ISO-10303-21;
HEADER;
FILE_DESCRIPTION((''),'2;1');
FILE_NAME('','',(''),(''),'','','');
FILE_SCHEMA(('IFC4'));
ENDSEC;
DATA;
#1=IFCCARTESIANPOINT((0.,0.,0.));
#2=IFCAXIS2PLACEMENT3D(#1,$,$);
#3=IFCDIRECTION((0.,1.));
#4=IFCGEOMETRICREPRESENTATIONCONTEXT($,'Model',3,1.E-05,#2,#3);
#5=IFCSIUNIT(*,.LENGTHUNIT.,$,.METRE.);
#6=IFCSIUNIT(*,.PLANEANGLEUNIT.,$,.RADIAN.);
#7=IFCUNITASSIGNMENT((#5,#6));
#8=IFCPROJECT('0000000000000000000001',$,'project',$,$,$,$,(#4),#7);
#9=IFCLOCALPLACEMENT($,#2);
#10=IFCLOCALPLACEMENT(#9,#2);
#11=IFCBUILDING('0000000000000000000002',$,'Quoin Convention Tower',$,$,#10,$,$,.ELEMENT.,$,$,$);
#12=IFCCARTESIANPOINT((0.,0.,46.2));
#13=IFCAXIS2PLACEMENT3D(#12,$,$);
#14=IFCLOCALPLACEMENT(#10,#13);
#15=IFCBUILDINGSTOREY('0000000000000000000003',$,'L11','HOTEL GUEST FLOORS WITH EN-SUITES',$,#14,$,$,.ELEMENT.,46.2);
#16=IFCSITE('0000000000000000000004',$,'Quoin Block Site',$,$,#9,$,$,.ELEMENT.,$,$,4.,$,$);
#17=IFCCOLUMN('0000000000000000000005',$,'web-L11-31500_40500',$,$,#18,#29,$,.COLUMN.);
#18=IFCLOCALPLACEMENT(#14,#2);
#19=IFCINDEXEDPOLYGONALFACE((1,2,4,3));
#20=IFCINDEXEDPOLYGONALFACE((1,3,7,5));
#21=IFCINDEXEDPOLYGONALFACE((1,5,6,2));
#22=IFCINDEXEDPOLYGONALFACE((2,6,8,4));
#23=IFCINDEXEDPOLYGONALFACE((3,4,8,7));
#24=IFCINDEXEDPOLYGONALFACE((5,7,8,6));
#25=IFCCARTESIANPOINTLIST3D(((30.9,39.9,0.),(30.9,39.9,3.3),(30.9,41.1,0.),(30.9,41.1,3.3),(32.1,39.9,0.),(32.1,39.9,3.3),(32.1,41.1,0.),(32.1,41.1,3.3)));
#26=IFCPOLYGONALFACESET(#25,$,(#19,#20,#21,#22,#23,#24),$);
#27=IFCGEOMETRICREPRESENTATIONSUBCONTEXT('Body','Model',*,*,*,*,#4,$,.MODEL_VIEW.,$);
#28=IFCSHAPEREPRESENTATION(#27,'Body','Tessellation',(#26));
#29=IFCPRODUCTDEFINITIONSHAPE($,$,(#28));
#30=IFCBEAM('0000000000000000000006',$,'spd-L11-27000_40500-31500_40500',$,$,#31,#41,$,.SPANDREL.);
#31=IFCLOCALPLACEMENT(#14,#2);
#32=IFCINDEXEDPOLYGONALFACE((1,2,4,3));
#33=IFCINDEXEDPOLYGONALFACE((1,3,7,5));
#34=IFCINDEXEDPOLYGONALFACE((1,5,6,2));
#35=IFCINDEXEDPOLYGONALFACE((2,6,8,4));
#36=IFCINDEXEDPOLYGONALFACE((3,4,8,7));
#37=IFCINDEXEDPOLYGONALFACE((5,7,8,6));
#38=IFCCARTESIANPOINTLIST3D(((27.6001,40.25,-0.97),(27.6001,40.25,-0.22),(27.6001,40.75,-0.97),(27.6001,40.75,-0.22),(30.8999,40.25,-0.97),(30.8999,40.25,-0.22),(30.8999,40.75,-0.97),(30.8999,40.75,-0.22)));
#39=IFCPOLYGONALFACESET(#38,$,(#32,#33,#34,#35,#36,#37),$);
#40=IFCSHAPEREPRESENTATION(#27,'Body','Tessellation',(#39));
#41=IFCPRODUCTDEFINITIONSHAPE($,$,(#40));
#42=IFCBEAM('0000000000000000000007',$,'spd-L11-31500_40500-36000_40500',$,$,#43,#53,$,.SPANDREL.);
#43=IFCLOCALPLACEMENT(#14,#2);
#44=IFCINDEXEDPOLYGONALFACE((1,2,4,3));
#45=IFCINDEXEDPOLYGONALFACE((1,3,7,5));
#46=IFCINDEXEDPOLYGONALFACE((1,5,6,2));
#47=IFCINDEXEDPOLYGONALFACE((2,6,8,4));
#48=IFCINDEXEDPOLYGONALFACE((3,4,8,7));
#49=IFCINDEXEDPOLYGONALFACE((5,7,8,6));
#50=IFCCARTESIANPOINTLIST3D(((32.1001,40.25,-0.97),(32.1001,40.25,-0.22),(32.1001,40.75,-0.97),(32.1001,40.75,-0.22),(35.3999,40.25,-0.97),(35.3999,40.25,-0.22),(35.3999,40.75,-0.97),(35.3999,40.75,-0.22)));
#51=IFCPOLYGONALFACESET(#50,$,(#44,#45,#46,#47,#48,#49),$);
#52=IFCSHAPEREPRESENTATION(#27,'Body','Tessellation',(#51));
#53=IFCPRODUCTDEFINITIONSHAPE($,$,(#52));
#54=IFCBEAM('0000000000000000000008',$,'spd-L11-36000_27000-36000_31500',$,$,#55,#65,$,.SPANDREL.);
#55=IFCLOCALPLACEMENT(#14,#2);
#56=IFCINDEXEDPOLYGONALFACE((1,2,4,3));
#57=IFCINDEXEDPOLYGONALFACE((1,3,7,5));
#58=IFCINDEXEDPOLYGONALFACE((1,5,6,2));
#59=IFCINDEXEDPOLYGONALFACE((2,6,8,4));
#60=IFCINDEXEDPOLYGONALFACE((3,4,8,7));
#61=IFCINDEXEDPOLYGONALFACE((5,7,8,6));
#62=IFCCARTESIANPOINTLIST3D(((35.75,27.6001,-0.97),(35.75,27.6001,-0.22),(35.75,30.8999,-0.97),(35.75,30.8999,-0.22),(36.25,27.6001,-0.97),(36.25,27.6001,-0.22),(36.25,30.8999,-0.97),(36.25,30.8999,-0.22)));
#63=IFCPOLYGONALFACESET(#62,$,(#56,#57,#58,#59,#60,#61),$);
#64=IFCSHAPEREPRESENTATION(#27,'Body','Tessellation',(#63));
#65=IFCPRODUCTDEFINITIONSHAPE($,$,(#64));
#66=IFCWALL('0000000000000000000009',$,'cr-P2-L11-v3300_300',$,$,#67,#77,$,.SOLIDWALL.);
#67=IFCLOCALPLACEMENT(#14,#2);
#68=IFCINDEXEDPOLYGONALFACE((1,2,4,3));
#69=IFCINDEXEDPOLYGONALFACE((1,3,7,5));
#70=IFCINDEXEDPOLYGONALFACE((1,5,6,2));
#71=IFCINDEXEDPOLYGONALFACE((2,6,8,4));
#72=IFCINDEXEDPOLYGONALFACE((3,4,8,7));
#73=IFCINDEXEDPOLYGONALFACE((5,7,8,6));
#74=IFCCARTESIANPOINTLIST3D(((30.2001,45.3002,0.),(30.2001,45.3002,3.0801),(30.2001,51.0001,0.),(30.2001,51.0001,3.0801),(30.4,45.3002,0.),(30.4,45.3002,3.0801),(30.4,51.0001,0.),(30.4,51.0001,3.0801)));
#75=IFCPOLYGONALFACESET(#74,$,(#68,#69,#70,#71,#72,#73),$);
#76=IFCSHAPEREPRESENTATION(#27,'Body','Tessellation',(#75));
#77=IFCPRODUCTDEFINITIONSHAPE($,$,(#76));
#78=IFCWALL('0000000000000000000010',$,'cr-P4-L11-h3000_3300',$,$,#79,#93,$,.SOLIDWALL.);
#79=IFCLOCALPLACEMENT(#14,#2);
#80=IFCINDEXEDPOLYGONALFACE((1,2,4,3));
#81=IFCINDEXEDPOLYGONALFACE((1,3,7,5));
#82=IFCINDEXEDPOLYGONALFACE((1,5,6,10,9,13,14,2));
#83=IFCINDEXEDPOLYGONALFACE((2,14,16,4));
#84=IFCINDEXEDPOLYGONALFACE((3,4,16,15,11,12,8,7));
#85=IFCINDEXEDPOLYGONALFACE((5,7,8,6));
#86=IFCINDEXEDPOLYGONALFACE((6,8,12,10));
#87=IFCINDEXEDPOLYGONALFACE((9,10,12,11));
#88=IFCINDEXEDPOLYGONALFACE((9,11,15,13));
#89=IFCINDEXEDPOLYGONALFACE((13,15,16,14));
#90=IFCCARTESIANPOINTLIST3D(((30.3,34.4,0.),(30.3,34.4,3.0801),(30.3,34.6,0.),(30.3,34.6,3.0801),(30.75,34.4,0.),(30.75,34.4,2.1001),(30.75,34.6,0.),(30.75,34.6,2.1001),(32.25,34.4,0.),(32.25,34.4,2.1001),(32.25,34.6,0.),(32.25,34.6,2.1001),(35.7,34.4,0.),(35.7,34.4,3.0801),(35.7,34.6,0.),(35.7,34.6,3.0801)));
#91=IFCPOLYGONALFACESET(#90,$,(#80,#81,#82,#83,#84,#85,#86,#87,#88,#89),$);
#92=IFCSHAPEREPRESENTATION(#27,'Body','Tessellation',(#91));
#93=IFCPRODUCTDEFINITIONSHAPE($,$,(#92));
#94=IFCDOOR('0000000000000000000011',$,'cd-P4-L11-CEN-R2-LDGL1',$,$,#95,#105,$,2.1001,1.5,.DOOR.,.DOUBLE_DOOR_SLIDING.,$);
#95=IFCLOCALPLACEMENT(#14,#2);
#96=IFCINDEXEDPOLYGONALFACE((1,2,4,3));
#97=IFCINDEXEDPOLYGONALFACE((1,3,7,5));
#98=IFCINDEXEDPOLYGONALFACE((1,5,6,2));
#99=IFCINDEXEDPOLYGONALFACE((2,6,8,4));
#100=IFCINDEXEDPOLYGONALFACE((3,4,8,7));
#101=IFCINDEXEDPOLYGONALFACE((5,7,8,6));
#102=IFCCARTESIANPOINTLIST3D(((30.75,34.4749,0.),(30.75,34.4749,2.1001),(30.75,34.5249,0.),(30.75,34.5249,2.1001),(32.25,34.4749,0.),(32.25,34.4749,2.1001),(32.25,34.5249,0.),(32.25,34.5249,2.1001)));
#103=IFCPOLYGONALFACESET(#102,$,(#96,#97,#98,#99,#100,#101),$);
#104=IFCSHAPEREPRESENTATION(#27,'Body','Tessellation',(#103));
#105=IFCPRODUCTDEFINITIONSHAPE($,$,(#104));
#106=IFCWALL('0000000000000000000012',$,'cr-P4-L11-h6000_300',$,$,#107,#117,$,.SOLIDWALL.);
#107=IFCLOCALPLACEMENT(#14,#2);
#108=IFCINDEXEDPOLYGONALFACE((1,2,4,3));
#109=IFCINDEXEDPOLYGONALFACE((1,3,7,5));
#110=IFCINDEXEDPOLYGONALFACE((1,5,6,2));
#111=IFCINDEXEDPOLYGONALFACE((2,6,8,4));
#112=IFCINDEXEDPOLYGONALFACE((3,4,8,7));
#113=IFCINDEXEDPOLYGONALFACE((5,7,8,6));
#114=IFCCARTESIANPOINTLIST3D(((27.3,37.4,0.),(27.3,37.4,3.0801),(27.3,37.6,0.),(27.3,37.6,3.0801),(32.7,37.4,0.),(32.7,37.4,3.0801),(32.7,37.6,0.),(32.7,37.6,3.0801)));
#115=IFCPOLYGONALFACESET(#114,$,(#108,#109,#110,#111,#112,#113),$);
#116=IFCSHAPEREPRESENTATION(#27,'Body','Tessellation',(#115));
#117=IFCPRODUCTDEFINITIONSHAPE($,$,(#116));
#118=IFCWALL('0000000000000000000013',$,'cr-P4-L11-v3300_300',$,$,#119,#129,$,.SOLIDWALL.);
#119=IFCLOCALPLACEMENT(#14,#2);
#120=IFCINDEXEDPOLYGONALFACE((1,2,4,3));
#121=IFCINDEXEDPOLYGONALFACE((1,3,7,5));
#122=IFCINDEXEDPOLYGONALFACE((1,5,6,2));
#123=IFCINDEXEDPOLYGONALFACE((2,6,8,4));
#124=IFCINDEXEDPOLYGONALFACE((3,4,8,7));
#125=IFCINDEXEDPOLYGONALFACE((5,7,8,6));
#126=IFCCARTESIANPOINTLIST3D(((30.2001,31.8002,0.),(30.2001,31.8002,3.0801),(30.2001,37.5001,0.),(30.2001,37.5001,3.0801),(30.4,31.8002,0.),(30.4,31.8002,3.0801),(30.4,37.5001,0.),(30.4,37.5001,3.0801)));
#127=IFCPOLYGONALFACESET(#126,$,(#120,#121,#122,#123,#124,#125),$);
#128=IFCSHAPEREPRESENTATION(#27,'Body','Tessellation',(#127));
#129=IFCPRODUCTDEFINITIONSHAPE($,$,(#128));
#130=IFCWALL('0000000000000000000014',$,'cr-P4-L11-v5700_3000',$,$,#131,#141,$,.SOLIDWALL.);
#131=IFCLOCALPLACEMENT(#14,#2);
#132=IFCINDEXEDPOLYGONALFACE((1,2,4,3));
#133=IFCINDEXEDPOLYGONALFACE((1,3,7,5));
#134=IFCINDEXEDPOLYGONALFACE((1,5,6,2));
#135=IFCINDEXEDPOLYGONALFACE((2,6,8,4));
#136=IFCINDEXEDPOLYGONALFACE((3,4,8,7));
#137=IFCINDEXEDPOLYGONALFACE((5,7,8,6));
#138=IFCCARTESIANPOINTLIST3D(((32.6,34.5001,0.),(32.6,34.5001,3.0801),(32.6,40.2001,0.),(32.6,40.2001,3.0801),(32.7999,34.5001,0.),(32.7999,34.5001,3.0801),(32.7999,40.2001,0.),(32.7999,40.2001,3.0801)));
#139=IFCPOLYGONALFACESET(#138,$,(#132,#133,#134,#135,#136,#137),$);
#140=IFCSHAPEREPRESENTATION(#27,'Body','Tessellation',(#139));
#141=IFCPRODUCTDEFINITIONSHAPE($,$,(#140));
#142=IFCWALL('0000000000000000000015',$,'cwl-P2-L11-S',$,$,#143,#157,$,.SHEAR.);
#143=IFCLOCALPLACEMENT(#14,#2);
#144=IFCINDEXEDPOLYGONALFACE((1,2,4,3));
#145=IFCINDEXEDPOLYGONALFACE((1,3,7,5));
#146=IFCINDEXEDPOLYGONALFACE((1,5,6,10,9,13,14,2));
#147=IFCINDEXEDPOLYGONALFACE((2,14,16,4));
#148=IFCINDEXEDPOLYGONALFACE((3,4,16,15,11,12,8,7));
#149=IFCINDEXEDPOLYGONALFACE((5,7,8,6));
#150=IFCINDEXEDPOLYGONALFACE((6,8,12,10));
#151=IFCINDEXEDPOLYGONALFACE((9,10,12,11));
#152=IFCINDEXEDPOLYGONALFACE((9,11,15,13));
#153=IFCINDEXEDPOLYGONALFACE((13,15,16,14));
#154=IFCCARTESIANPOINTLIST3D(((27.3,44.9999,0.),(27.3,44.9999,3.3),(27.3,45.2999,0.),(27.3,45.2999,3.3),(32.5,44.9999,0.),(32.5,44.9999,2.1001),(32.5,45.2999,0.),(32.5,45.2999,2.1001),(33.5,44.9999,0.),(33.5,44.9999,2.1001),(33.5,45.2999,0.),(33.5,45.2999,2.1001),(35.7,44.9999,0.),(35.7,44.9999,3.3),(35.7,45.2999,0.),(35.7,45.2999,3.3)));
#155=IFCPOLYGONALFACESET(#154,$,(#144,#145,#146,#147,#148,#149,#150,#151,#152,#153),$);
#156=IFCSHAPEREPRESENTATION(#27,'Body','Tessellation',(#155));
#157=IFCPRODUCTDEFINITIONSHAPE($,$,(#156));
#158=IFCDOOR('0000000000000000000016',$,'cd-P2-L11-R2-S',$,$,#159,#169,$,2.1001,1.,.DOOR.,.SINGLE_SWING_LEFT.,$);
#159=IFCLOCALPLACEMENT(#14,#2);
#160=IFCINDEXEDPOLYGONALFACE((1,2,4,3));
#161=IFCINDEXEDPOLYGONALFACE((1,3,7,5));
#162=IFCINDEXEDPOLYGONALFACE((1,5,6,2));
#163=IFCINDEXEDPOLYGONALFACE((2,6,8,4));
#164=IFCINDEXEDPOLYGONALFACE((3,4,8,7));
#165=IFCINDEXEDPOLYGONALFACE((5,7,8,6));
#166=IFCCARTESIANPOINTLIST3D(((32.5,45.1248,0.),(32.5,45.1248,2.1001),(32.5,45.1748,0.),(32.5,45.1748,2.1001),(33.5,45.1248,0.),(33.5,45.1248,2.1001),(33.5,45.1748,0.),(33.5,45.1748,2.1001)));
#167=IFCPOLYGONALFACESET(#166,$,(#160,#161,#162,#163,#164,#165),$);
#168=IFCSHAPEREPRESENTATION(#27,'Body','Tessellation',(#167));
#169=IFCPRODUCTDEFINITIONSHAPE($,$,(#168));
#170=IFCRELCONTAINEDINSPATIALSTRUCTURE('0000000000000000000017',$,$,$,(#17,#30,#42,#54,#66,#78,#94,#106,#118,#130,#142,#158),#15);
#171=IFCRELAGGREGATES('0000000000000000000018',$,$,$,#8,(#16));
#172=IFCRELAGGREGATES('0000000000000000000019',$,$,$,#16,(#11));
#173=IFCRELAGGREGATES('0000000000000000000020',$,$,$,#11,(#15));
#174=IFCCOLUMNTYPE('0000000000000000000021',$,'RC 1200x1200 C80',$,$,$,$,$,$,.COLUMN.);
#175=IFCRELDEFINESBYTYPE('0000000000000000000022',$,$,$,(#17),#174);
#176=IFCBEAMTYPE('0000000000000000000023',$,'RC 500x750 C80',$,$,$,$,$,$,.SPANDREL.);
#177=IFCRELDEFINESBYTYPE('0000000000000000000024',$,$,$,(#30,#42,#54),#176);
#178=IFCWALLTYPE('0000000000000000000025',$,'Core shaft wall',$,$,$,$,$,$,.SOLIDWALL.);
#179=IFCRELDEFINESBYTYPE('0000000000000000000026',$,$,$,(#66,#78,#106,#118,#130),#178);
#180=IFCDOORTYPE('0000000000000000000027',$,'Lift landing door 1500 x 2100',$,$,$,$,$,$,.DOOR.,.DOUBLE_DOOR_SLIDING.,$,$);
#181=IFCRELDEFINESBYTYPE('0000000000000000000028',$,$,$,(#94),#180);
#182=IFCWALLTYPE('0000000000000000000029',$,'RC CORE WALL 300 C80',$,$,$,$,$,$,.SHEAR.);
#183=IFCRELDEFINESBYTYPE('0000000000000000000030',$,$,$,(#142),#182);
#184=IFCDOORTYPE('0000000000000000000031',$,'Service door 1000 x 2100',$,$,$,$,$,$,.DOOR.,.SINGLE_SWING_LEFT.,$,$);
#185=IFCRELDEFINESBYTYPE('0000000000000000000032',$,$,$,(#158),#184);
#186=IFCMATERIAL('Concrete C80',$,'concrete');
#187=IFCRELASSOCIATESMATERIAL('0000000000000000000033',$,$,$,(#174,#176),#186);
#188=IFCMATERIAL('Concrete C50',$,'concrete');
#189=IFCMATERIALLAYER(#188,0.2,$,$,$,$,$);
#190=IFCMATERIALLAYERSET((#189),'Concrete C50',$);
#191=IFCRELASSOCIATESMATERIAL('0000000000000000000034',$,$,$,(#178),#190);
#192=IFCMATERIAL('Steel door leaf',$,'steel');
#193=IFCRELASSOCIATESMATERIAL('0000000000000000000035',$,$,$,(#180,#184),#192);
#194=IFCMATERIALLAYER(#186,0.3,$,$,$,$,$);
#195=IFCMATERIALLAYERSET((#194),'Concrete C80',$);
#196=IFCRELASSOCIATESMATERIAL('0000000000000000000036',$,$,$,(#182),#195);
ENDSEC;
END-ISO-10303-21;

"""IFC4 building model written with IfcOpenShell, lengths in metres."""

from ifc_helpers import new_model, si_unit, direction, frame, frame_2d, origin, origin_2d, place, context, subcontext, project, spatial, rectangle, extrude, material, layer, layer_set, material_profile, profile_set, type_object, element, fill, save


model = new_model("IFC4")

# Units and contexts
model_context = context("Model", 3, precision=1e-05, world=origin(), true_north=direction((0.0, 1.0)))
body_context = subcontext(model_context, "Body", "Model", "MODEL_VIEW")
ifc_project = project(units=[si_unit("LENGTHUNIT", "METRE"), si_unit("PLANEANGLEUNIT", "RADIAN")], contexts=[model_context])

# Site, building, storey
site_placement = place(None, origin())
site = spatial("IfcSite", under=ifc_project, at=site_placement, Name="Quoin Block Site", CompositionType="ELEMENT", RefElevation=4.0)
building_placement = place(site_placement, origin())
building = spatial("IfcBuilding", under=site, at=building_placement, Name="Quoin Convention Tower", CompositionType="ELEMENT")
storey_placement = place(building_placement, frame((0.0, 0.0, 46.2)))
storey = spatial("IfcBuildingStorey", under=building, at=storey_placement, Name="L11", Description="HOTEL GUEST FLOORS WITH EN-SUITES", CompositionType="ELEMENT", Elevation=46.2)

# Column
ifc_material_1 = material(Name="Concrete C80", Category="concrete")
ifc_material_profile_1 = material_profile(ifc_material_1, rectangle(XDim=1.2, YDim=1.2, at=origin_2d()), Name="RC 1200x1200")
ifc_profile_set_1 = profile_set([ifc_material_profile_1], Name="Concrete C80")
column_type = type_object("IfcColumnType", Name="RC 1200x1200 C80", PredefinedType="COLUMN", material=ifc_profile_set_1)
column_placement = place(storey_placement, frame((31.5, 40.5, 0.0), z_axis=(0.0, 0.0, 1.0), x_axis=(1.0, 0.0, 0.0)))
element("IfcColumn", 1, at=column_placement, inside=storey, type_object=column_type, Name="web-L11-31500_40500", PredefinedType="COLUMN", context=body_context, shape_type="SweptSolid", body=[
    extrude(rectangle(XDim=1.2, YDim=1.2, at=origin_2d()), origin(), (0.0, 0.0, 1.0), 3.3),
])

# Beams
ifc_material_profile_2 = material_profile(ifc_material_1, rectangle(XDim=0.5, YDim=0.75, at=origin_2d()), Name="RC 500x750")
ifc_profile_set_2 = profile_set([ifc_material_profile_2], Name="Concrete C80")
beam_type = type_object("IfcBeamType", Name="RC 500x750 C80", PredefinedType="SPANDREL", material=ifc_profile_set_2)
for number, where, z_axis, x_axis, name in (
    (2, (27.6001, 40.5, -0.595), (1.0, 0.0, 0.0), (0.0, 1.0, 0.0), "spd-L11-27000_40500-31500_40500"),
    (3, (32.1001, 40.5, -0.595), (1.0, 0.0, 0.0), (0.0, 1.0, 0.0), "spd-L11-31500_40500-36000_40500"),
    (4, (36.0, 27.6001, -0.595), (0.0, 1.0, 0.0), (-1.0, 0.0, 0.0), "spd-L11-36000_27000-36000_31500"),
):
    element("IfcBeam", number, at=place(storey_placement, frame(where, z_axis=z_axis, x_axis=x_axis)), inside=storey, type_object=beam_type, Name=name, PredefinedType="SPANDREL", context=body_context, shape_type="SweptSolid", body=[
        extrude(rectangle(XDim=0.5, YDim=0.75, at=origin_2d()), origin(), (0.0, 0.0, 1.0), 3.2998),
    ])

# Wall
ifc_material_2 = material(Name="Concrete C50", Category="concrete")
ifc_layer_1 = layer(ifc_material_2, 0.2)
ifc_layer_set_1 = layer_set([ifc_layer_1], Name="Concrete C50")
wall_type_1 = type_object("IfcWallType", Name="Core shaft wall", PredefinedType="SOLIDWALL", material=ifc_layer_set_1)
wall_1_placement = place(storey_placement, frame((30.3, 45.3, 0.0), z_axis=(0.0, 0.0, 1.0), x_axis=(0.0, 1.0, 0.0)))
element("IfcWall", 5, at=wall_1_placement, inside=storey, type_object=wall_type_1, Name="cr-P2-L11-v3300_300", PredefinedType="SOLIDWALL", context=body_context, shape_type="SweptSolid", body=[
    extrude(rectangle(XDim=5.7, YDim=0.2, at=frame_2d((2.8501, 0.0))), origin(), (0.0, 0.0, 1.0), 3.0801),
])

# Wall, opening, door
wall_2_placement = place(storey_placement, frame((30.3, 34.5, 0.0), z_axis=(0.0, 0.0, 1.0), x_axis=(1.0, 0.0, 0.0)))
wall_2 = element("IfcWall", 6, at=wall_2_placement, inside=storey, type_object=wall_type_1, Name="cr-P4-L11-h3000_3300", PredefinedType="SOLIDWALL", context=body_context, shape_type="SweptSolid", body=[
    extrude(rectangle(XDim=5.3999, YDim=0.2, at=frame_2d((2.7, 0.0))), origin(), (0.0, 0.0, 1.0), 3.0801),
])
opening_1_placement = place(wall_2_placement, frame((0.45, 0.0, 0.0)))
opening_1 = element("IfcOpeningElement", 7, at=opening_1_placement, cuts=wall_2, PredefinedType="OPENING", context=body_context, shape_type="SweptSolid", body=[
    extrude(rectangle(XDim=1.5, YDim=2.1001, at=frame_2d((0.75, 1.05))), frame((0.0, 0.1099, 0.0), z_axis=(0.0, -1.0, 0.0), x_axis=(1.0, 0.0, 0.0)), (0.0, 0.0, 1.0), 0.22),
])
ifc_material_3 = material(Name="Steel door leaf", Category="steel")
door_type_1 = type_object("IfcDoorType", Name="Lift landing door 1500 x 2100", OperationType="DOUBLE_DOOR_SLIDING", PredefinedType="DOOR", material=ifc_material_3)
door_1_placement = place(opening_1_placement, origin())
door_1 = element("IfcDoor", 8, at=door_1_placement, inside=storey, type_object=door_type_1, Name="cd-P4-L11-CEN-R2-LDGL1", OperationType="DOUBLE_DOOR_SLIDING", OverallHeight=2.1001, OverallWidth=1.5, PredefinedType="DOOR", context=body_context, shape_type="SweptSolid", body=[
    extrude(rectangle(XDim=1.5, YDim=2.1001, at=frame_2d((0.75, 1.05))), frame((0.0, 0.0249, 0.0), z_axis=(0.0, -1.0, 0.0), x_axis=(1.0, 0.0, 0.0)), (0.0, 0.0, 1.0), 0.05),
])
fill(opening_1, door_1)

# Walls
wall_3_placement = place(storey_placement, frame((27.3, 37.5, 0.0), z_axis=(0.0, 0.0, 1.0), x_axis=(1.0, 0.0, 0.0)))
element("IfcWall", 9, at=wall_3_placement, inside=storey, type_object=wall_type_1, Name="cr-P4-L11-h6000_300", PredefinedType="SOLIDWALL", context=body_context, shape_type="SweptSolid", body=[
    extrude(rectangle(XDim=5.3999, YDim=0.2, at=frame_2d((2.7, 0.0))), origin(), (0.0, 0.0, 1.0), 3.0801),
])
for number, where, z_axis, x_axis, name in (
    (10, (30.3, 31.8, 0.0), (0.0, 0.0, 1.0), (0.0, 1.0, 0.0), "cr-P4-L11-v3300_300"),
    (11, (32.7, 34.5, 0.0), (0.0, 0.0, 1.0), (0.0, 1.0, 0.0), "cr-P4-L11-v5700_3000"),
):
    element("IfcWall", number, at=place(storey_placement, frame(where, z_axis=z_axis, x_axis=x_axis)), inside=storey, type_object=wall_type_1, Name=name, PredefinedType="SOLIDWALL", context=body_context, shape_type="SweptSolid", body=[
        extrude(rectangle(XDim=5.7, YDim=0.2, at=frame_2d((2.8501, 0.0))), origin(), (0.0, 0.0, 1.0), 3.0801),
    ])

# Wall, opening, door
ifc_layer_2 = layer(ifc_material_1, 0.3)
ifc_layer_set_2 = layer_set([ifc_layer_2], Name="Concrete C80")
wall_type_2 = type_object("IfcWallType", Name="RC CORE WALL 300 C80", PredefinedType="SHEAR", material=ifc_layer_set_2)
wall_4_placement = place(storey_placement, frame((27.3, 45.1499, 0.0), z_axis=(0.0, 0.0, 1.0), x_axis=(1.0, 0.0, 0.0)))
wall_4 = element("IfcWall", 12, at=wall_4_placement, inside=storey, type_object=wall_type_2, Name="cwl-P2-L11-S", PredefinedType="SHEAR", context=body_context, shape_type="SweptSolid", body=[
    extrude(rectangle(XDim=8.3999, YDim=0.3, at=frame_2d((4.2, 0.0))), origin(), (0.0, 0.0, 1.0), 3.3),
])
opening_2_placement = place(wall_4_placement, frame((5.2, 0.0, 0.0)))
opening_2 = element("IfcOpeningElement", 13, at=opening_2_placement, cuts=wall_4, PredefinedType="OPENING", context=body_context, shape_type="SweptSolid", body=[
    extrude(rectangle(XDim=1.0, YDim=2.1001, at=frame_2d((0.5, 1.05))), frame((0.0, 0.1599, 0.0), z_axis=(0.0, -1.0, 0.0), x_axis=(1.0, 0.0, 0.0)), (0.0, 0.0, 1.0), 0.3201),
])
door_type_2 = type_object("IfcDoorType", Name="Service door 1000 x 2100", OperationType="SINGLE_SWING_LEFT", PredefinedType="DOOR", material=ifc_material_3)
door_2_placement = place(opening_2_placement, origin())
door_2 = element("IfcDoor", 14, at=door_2_placement, inside=storey, type_object=door_type_2, Name="cd-P2-L11-R2-S", OperationType="SINGLE_SWING_LEFT", OverallHeight=2.1001, OverallWidth=1.0, PredefinedType="DOOR", context=body_context, shape_type="SweptSolid", body=[
    extrude(rectangle(XDim=1.0, YDim=2.1001, at=frame_2d((0.5, 1.05))), frame((0.0, 0.0249, 0.0), z_axis=(0.0, -1.0, 0.0), x_axis=(1.0, 0.0, 0.0)), (0.0, 0.0, 1.0), 0.05),
])
fill(opening_2, door_2)

save(model, "model.ifc")
